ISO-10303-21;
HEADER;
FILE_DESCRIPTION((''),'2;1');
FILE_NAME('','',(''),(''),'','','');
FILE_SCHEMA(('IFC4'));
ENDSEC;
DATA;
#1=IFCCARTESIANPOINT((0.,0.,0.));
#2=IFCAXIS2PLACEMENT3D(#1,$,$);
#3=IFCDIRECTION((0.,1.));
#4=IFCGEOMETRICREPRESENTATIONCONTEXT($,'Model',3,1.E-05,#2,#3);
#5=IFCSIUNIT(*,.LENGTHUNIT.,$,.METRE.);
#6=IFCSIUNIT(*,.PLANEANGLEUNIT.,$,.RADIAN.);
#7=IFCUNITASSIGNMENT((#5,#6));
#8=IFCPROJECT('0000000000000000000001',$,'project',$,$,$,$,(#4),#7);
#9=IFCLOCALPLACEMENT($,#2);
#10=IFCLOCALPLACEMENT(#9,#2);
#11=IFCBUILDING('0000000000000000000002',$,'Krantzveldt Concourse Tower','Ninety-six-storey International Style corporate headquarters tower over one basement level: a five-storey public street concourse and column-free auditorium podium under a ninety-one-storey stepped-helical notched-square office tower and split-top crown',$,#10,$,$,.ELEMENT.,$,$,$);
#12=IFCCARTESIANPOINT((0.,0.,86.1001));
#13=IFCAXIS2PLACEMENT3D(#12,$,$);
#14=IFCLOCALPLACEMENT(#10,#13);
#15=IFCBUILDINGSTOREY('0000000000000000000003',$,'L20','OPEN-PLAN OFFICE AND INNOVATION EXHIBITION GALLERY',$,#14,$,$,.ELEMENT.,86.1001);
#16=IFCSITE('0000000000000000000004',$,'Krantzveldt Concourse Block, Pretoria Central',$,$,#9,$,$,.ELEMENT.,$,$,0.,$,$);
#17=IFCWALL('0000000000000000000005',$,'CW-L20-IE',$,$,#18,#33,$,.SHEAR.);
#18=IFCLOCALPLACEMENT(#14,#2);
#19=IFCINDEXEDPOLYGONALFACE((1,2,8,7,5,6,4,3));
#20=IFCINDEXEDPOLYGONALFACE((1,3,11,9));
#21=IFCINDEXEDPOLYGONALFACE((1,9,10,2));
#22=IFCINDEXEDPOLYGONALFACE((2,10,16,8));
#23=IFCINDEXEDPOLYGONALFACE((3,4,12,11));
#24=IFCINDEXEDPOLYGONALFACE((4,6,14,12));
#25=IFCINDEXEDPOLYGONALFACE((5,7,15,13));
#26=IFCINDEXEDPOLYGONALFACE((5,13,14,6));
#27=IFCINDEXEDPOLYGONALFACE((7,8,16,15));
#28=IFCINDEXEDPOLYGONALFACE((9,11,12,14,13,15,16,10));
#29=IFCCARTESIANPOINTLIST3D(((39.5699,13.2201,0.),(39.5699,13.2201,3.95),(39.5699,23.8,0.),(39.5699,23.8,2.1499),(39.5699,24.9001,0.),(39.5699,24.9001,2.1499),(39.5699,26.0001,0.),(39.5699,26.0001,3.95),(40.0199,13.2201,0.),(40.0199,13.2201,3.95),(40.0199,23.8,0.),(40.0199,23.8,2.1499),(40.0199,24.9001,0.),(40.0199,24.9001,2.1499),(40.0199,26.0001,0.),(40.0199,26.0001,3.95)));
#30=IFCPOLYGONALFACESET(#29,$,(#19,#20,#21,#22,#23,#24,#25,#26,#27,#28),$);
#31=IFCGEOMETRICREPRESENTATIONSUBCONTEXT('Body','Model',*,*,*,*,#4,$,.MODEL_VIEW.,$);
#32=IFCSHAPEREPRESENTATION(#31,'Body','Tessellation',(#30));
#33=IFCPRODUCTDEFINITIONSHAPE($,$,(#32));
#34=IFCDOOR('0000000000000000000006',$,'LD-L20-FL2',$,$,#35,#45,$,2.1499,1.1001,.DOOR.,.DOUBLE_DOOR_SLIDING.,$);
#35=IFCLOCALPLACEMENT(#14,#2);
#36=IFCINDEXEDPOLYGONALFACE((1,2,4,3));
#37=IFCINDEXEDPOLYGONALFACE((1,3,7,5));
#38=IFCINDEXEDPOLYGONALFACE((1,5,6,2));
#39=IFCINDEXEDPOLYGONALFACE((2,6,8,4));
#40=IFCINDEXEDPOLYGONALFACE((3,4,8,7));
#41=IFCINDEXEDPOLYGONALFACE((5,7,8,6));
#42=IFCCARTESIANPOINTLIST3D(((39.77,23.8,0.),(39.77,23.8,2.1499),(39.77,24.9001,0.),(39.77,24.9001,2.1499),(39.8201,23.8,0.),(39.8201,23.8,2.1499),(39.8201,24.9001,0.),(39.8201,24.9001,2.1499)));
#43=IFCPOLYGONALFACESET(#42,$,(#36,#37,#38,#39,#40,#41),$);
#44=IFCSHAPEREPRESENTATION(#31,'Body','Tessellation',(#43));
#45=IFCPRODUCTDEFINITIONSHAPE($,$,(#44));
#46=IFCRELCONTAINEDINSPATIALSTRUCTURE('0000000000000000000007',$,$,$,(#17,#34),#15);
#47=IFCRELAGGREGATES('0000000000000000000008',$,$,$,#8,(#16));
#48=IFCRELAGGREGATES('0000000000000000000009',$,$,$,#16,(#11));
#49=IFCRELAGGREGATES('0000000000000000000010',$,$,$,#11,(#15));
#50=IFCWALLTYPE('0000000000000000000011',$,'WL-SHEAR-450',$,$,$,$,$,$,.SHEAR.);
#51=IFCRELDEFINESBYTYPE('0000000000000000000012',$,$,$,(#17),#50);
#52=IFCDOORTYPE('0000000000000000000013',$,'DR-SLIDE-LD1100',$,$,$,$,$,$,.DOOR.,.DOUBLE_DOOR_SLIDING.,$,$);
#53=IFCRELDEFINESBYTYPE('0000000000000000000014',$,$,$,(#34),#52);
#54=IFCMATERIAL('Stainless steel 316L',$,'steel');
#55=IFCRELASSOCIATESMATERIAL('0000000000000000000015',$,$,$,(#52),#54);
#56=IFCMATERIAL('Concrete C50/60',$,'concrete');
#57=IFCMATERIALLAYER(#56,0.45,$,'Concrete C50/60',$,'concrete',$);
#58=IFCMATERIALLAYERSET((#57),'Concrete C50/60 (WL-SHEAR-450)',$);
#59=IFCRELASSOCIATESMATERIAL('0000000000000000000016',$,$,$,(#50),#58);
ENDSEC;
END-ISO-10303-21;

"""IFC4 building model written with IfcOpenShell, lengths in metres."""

from ifc_helpers import new_model, si_unit, direction, frame, frame_2d, origin, place, context, subcontext, project, spatial, rectangle, extrude, material, layer, layer_set, type_object, element, fill, save


model = new_model("IFC4")

# Units and contexts
model_context = context("Model", 3, precision=1e-05, world=origin(), true_north=direction((0.0, 1.0)))
body_context = subcontext(model_context, "Body", "Model", "MODEL_VIEW")
ifc_project = project(units=[si_unit("LENGTHUNIT", "METRE"), si_unit("PLANEANGLEUNIT", "RADIAN")], contexts=[model_context])

# Site, building, storey
site_placement = place(None, origin())
site = spatial("IfcSite", under=ifc_project, at=site_placement, Name="Krantzveldt Concourse Block, Pretoria Central", CompositionType="ELEMENT", RefElevation=0.0)
building_placement = place(site_placement, origin())
building = spatial("IfcBuilding", under=site, at=building_placement, Name="Krantzveldt Concourse Tower", Description="Ninety-six-storey International Style corporate headquarters tower over one basement level: a five-storey public street concourse and column-free auditorium podium under a ninety-one-storey stepped-helical notched-square office tower and split-top crown", CompositionType="ELEMENT")
storey_placement = place(building_placement, frame((0.0, 0.0, 86.1001)))
storey = spatial("IfcBuildingStorey", under=building, at=storey_placement, Name="L20", Description="OPEN-PLAN OFFICE AND INNOVATION EXHIBITION GALLERY", CompositionType="ELEMENT", Elevation=86.1001)

# Shared definitions
ifc_material_1 = material(Name="Stainless steel 316L", Category="steel")
door_type = type_object("IfcDoorType", Name="DR-SLIDE-LD1100", OperationType="DOUBLE_DOOR_SLIDING", PredefinedType="DOOR", material=ifc_material_1)

# Shared definitions
ifc_material_2 = material(Name="Concrete C50/60", Category="concrete")

# Wall, opening, door
ifc_layer_1 = layer(ifc_material_2, 0.45, Name="Concrete C50/60", Category="concrete")
ifc_layer_set_1 = layer_set([ifc_layer_1], Name="Concrete C50/60 (WL-SHEAR-450)")
wall_type_1 = type_object("IfcWallType", Name="WL-SHEAR-450", PredefinedType="SHEAR", material=ifc_layer_set_1)
wall_1_placement = place(storey_placement, frame((39.7949, 13.22, 0.0), z_axis=(0.0, 0.0, 1.0), x_axis=(0.0, 1.0, 0.0)))
wall_1 = element("IfcWall", 1, at=wall_1_placement, inside=storey, type_object=wall_type_1, Name="CW-L20-IE", PredefinedType="SHEAR", context=body_context, shape_type="SweptSolid", body=[
    extrude(rectangle(XDim=12.78, YDim=0.45, at=frame_2d((6.3901, 0.0))), origin(), (0.0, 0.0, 1.0), 3.95),
])
opening_1_placement = place(wall_1_placement, frame((10.5801, 0.0, 0.0)))
opening_1 = element("IfcOpeningElement", 2, at=opening_1_placement, cuts=wall_1, PredefinedType="OPENING", context=body_context, shape_type="SweptSolid", body=[
    extrude(rectangle(XDim=1.1001, YDim=2.1499, at=frame_2d((0.55, 1.075))), frame((0.0, 0.2349, 0.0), z_axis=(0.0, -1.0, 0.0), x_axis=(1.0, 0.0, 0.0)), (0.0, 0.0, 1.0), 0.47),
])
door_1_placement = place(opening_1_placement, origin())
door_1 = element("IfcDoor", 3, at=door_1_placement, inside=storey, type_object=door_type, Name="LD-L20-FL2", OperationType="DOUBLE_DOOR_SLIDING", OverallHeight=2.1499, OverallWidth=1.1001, PredefinedType="DOOR", context=body_context, shape_type="SweptSolid", body=[
    extrude(rectangle(XDim=1.1001, YDim=2.1499, at=frame_2d((0.55, 1.075))), frame((0.0, 0.0249, 0.0), z_axis=(0.0, -1.0, 0.0), x_axis=(1.0, 0.0, 0.0)), (0.0, 0.0, 1.0), 0.05),
])
fill(opening_1, door_1)

save(model, "model.ifc")
